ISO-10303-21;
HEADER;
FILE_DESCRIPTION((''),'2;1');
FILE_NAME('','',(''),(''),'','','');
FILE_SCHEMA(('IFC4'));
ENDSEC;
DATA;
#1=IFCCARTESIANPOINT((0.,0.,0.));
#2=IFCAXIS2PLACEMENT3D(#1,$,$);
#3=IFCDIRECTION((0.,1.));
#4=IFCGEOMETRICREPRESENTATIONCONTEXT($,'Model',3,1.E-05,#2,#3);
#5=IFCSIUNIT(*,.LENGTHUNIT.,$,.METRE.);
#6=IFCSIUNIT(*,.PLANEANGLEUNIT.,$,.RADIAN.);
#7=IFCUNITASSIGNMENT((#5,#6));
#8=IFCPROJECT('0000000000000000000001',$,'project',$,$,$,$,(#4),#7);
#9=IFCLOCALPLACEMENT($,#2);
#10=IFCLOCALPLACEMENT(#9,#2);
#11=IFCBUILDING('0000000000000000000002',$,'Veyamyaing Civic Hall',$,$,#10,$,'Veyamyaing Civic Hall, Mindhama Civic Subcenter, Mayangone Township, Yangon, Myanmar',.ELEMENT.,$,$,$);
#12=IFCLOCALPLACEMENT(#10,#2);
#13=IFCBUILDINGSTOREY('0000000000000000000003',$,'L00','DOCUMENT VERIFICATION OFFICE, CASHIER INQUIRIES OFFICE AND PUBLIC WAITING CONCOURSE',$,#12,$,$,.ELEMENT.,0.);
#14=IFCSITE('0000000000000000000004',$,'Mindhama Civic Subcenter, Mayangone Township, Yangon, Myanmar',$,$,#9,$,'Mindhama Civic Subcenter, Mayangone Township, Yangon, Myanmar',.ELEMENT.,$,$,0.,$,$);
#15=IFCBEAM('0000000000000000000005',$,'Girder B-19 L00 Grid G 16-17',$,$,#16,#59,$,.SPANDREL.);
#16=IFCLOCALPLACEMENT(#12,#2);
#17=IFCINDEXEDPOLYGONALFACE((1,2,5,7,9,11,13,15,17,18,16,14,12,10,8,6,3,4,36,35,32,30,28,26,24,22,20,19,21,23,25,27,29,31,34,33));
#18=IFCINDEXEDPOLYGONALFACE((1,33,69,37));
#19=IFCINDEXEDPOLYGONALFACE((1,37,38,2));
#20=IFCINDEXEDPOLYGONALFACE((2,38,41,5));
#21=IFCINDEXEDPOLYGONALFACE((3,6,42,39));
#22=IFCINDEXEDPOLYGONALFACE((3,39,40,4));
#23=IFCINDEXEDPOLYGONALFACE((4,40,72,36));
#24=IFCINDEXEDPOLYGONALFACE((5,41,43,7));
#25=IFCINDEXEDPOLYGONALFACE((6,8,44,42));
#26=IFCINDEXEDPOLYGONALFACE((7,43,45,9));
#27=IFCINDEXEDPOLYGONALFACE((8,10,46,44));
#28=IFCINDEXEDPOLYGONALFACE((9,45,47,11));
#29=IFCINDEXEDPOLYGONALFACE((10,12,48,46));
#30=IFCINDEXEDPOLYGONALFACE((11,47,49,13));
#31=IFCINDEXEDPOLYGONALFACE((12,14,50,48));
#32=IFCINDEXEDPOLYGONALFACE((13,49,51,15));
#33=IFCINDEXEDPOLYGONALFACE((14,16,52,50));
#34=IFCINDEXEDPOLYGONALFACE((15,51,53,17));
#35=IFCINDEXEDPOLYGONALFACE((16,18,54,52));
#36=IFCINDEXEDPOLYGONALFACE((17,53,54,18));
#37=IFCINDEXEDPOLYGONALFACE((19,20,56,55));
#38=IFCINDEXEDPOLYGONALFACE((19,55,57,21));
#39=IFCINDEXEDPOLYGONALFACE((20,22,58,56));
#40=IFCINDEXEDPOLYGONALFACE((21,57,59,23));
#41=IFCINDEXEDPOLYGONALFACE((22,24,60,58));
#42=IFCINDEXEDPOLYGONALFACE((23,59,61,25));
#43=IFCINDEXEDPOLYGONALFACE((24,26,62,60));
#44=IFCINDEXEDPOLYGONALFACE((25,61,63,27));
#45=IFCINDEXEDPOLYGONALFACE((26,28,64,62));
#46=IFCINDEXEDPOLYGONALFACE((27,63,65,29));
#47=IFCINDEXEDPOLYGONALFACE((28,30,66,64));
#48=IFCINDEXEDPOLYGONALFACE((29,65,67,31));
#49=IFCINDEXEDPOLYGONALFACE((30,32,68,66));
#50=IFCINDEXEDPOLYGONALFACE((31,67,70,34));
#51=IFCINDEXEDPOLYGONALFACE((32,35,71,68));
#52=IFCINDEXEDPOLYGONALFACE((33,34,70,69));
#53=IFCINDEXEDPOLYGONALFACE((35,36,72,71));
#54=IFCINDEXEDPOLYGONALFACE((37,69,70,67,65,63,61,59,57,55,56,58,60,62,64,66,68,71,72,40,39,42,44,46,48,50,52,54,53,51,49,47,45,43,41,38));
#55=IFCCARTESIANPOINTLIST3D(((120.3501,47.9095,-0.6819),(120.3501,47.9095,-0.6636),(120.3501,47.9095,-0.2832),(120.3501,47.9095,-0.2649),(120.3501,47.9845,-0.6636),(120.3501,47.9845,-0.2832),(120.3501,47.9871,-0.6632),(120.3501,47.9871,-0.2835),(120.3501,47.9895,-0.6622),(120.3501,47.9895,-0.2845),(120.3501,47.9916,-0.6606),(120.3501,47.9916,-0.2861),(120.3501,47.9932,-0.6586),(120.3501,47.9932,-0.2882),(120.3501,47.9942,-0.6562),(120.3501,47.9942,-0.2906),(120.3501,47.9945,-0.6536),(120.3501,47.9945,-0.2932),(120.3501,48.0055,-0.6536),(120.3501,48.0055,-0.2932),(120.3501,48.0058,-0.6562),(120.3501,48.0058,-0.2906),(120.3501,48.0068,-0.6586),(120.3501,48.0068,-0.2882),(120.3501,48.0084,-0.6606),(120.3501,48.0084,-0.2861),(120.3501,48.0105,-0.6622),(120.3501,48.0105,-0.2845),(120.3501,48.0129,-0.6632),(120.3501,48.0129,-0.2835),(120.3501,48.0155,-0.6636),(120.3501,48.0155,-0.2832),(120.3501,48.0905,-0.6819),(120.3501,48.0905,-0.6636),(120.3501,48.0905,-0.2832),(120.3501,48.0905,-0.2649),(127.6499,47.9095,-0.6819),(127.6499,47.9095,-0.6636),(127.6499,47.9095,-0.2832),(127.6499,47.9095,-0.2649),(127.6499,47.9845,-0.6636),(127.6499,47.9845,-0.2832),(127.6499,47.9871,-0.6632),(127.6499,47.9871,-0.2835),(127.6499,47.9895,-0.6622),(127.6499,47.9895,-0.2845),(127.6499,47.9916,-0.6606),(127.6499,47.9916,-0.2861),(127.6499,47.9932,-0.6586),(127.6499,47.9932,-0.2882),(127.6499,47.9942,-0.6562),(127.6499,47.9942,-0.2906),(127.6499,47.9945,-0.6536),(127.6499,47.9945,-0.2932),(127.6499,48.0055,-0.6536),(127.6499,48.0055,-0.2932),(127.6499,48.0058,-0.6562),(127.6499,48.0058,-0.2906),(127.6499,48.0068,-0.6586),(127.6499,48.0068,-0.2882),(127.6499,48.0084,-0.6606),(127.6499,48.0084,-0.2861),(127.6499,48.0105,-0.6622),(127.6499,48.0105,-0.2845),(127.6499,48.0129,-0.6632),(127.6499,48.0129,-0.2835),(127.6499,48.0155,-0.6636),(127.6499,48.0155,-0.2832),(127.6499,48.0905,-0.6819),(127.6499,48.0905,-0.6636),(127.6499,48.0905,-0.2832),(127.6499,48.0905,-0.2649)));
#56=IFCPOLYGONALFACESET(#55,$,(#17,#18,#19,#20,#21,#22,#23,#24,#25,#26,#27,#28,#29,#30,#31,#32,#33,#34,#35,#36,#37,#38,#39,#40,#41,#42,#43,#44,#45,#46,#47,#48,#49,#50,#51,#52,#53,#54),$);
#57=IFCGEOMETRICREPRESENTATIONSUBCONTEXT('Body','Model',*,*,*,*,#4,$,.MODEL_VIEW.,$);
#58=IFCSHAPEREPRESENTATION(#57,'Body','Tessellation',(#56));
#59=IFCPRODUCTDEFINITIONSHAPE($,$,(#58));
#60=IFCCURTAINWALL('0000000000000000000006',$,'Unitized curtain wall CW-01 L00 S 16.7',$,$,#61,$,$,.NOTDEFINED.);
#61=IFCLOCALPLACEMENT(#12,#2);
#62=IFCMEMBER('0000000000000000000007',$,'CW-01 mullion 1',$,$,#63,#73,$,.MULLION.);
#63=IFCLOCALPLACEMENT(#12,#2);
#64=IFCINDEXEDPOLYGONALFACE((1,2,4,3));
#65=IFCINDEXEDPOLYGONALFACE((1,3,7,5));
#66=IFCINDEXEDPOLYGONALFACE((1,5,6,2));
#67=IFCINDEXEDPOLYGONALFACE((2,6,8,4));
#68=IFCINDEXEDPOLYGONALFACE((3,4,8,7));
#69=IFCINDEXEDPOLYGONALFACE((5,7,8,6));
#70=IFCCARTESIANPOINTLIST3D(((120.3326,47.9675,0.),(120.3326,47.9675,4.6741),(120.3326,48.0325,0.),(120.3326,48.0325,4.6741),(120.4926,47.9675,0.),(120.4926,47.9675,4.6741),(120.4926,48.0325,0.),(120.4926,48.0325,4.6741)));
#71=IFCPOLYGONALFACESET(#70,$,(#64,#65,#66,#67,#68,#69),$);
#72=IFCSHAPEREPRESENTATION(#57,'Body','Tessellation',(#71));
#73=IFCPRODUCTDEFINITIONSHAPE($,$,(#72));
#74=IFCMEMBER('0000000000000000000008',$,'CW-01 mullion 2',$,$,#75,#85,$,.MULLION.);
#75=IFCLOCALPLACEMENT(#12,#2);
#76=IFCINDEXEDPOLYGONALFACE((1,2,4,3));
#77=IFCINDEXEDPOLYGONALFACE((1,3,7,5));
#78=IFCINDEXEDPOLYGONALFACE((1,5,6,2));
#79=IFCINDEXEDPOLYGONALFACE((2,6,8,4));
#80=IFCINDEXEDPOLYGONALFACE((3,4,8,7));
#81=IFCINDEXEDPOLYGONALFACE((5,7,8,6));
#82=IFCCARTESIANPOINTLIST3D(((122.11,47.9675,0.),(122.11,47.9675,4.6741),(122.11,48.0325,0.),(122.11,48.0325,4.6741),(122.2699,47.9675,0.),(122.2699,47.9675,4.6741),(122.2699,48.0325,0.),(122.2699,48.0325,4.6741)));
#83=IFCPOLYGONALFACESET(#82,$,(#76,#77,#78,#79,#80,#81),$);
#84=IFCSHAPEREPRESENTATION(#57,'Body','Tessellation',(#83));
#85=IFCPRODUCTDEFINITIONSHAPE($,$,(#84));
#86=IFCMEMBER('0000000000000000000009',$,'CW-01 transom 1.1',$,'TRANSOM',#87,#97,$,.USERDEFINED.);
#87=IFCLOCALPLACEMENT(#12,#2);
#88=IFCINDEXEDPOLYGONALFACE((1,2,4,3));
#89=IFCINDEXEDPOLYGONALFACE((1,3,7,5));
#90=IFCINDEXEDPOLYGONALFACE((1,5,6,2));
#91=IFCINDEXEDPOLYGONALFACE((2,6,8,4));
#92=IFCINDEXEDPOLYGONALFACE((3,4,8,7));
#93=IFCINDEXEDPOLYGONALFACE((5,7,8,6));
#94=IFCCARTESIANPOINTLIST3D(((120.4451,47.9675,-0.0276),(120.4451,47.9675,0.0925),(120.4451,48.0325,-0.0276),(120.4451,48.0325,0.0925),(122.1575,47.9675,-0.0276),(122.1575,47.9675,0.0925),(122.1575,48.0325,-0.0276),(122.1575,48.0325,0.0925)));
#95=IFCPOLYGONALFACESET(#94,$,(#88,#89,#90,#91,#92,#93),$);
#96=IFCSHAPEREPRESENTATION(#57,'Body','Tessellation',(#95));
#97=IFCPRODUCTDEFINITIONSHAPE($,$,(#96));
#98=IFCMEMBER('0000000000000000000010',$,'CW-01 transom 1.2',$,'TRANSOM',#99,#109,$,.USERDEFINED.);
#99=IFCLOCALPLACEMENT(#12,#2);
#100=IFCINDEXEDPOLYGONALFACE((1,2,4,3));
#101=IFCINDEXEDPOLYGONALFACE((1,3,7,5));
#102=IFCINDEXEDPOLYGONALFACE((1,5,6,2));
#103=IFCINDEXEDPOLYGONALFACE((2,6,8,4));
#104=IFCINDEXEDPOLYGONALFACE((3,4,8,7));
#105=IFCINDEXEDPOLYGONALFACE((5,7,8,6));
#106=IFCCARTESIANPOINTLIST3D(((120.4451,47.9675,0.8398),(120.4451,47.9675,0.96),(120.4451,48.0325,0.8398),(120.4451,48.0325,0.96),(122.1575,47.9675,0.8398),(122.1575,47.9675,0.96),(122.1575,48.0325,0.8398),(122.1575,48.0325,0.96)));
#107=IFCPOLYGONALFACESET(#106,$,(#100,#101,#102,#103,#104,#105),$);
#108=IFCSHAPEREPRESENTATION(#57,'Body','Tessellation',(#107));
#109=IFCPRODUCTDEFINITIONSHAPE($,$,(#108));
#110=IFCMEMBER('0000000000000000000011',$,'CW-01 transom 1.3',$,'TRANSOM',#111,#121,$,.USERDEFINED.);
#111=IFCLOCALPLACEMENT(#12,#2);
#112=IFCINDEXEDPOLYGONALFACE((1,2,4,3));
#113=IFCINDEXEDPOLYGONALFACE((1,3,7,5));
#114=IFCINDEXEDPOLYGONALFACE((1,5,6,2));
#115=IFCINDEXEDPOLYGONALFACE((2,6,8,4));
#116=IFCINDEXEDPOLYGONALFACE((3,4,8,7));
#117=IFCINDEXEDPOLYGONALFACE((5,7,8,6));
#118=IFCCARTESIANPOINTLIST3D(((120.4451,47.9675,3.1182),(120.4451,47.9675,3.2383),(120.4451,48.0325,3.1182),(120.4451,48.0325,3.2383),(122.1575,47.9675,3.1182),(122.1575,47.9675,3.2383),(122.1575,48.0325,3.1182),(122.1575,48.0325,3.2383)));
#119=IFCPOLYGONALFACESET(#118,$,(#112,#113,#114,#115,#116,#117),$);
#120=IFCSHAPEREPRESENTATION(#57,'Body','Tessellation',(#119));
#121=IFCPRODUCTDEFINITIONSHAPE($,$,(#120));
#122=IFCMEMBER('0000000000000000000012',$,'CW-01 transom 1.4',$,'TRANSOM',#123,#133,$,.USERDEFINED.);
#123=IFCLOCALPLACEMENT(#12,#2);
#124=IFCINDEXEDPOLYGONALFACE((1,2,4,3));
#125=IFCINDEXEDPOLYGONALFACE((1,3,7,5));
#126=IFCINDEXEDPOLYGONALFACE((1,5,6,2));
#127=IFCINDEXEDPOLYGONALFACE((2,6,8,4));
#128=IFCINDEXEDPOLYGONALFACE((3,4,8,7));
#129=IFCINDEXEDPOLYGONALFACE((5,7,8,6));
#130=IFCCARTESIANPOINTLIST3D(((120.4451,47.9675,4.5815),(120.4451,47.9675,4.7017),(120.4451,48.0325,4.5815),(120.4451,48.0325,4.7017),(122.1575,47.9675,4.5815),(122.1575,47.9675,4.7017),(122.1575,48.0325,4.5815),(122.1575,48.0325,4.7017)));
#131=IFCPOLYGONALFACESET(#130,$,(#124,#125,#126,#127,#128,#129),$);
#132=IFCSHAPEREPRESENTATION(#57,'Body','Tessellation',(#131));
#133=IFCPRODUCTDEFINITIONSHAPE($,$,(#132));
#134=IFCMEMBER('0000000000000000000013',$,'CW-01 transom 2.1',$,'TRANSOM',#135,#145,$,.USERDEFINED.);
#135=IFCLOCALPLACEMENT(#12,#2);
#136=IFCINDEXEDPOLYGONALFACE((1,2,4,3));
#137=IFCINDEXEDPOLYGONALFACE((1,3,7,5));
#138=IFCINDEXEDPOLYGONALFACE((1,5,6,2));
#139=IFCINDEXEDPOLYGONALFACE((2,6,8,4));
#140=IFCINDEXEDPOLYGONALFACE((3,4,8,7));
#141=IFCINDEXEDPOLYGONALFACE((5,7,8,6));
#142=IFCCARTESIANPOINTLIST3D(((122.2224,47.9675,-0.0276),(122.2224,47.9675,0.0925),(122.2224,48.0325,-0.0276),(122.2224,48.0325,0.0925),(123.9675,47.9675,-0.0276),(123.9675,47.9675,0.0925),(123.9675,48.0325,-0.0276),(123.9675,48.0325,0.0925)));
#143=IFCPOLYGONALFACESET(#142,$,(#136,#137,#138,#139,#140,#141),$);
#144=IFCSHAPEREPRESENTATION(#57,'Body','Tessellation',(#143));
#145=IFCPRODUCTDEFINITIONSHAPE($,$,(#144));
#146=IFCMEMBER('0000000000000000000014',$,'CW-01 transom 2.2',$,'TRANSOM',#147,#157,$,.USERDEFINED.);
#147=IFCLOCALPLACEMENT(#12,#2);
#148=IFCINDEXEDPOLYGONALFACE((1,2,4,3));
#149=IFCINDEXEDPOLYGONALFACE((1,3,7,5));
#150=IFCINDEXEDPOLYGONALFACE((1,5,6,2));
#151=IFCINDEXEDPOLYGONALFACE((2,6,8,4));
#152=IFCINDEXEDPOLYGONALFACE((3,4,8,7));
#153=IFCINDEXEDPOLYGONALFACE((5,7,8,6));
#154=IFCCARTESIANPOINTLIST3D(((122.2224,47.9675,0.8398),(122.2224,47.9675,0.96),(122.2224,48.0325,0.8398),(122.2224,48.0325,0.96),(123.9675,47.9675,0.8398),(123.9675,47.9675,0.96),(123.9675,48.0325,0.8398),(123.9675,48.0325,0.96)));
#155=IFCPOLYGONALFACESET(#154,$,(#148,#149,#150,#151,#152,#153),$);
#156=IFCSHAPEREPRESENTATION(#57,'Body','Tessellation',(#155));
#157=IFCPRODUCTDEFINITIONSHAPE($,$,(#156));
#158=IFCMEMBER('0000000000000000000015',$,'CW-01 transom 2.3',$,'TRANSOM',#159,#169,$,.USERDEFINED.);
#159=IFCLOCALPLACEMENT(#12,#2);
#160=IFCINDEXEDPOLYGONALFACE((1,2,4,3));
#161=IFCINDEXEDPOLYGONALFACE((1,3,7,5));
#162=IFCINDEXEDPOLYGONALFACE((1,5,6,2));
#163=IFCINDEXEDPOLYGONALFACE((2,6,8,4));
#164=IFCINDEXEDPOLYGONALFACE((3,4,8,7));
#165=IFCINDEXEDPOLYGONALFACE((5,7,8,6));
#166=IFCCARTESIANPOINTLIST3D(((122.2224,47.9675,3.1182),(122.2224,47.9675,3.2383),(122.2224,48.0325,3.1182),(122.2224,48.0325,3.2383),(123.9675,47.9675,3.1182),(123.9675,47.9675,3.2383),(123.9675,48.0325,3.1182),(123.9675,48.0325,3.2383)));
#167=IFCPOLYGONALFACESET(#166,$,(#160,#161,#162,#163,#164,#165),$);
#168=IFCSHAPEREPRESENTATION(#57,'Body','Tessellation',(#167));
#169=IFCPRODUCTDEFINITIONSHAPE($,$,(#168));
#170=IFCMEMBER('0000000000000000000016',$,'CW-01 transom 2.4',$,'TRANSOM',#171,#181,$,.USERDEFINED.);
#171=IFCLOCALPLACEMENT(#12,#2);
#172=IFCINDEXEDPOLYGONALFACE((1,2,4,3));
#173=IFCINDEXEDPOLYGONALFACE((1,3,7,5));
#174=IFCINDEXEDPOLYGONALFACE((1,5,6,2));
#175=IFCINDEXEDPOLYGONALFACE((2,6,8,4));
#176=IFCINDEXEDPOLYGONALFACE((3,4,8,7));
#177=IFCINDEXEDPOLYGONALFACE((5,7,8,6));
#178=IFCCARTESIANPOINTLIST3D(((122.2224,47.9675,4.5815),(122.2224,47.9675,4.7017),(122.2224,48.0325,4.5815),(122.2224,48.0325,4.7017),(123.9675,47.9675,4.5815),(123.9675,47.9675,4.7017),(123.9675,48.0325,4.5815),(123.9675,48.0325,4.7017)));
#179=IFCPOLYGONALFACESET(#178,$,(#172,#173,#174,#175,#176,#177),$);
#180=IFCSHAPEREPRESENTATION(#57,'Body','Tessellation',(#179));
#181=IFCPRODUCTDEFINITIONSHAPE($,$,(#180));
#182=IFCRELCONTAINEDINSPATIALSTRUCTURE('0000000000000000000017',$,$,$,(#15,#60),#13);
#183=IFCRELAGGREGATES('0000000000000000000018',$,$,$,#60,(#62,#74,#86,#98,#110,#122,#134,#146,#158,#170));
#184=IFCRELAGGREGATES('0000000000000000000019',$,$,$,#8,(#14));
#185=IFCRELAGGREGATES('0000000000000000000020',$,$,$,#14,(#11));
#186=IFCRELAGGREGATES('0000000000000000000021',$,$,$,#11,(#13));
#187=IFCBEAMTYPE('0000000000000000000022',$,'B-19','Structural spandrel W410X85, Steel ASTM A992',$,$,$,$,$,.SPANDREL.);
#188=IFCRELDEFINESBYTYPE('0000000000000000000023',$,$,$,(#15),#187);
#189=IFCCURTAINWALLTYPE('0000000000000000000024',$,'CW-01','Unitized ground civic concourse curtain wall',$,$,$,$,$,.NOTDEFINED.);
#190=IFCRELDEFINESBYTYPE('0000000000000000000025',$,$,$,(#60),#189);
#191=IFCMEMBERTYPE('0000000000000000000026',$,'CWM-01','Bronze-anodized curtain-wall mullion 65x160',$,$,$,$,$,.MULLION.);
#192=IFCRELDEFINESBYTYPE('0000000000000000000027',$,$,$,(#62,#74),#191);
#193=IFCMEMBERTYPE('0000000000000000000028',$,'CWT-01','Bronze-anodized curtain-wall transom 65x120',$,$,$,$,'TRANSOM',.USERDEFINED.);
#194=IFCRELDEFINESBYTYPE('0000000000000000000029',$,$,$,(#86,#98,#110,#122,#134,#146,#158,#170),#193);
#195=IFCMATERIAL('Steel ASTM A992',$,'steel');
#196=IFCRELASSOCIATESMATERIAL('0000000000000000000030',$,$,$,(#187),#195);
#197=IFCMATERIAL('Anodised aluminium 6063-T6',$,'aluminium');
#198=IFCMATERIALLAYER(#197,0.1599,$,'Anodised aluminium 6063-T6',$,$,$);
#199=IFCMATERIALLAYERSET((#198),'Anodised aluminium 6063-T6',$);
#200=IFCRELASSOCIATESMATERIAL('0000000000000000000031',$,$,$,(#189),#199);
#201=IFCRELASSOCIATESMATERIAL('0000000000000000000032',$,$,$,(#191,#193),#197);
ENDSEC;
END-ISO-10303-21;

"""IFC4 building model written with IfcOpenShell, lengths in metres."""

from ifc_helpers import new_model, si_unit, direction, frame, origin, origin_2d, place, context, subcontext, project, spatial, rectangle, i_section, extrude, material, layer, layer_set, material_profile, profile_set, type_object, element, aggregate, save


model = new_model("IFC4")

# Units and contexts
model_context = context("Model", 3, precision=1e-05, world=origin(), true_north=direction((0.0, 1.0)))
body_context = subcontext(model_context, "Body", "Model", "MODEL_VIEW")
ifc_project = project(units=[si_unit("LENGTHUNIT", "METRE"), si_unit("PLANEANGLEUNIT", "RADIAN")], contexts=[model_context])

# Site, building, storey
site_placement = place(None, origin())
site = spatial("IfcSite", under=ifc_project, at=site_placement, Name="Mindhama Civic Subcenter, Mayangone Township, Yangon, Myanmar", LongName="Mindhama Civic Subcenter, Mayangone Township, Yangon, Myanmar", CompositionType="ELEMENT", RefElevation=0.0)
building_placement = place(site_placement, origin())
building = spatial("IfcBuilding", under=site, at=building_placement, Name="Veyamyaing Civic Hall", LongName="Veyamyaing Civic Hall, Mindhama Civic Subcenter, Mayangone Township, Yangon, Myanmar", CompositionType="ELEMENT")
storey_placement = place(building_placement, origin())
storey = spatial("IfcBuildingStorey", under=building, at=storey_placement, Name="L00", Description="DOCUMENT VERIFICATION OFFICE, CASHIER INQUIRIES OFFICE AND PUBLIC WAITING CONCOURSE", CompositionType="ELEMENT", Elevation=0.0)

# Beam
ifc_material_1 = material(Name="Steel ASTM A992", Category="steel")
ifc_material_profile_1 = material_profile(ifc_material_1, i_section(OverallWidth=0.1809, OverallDepth=0.417, WebThickness=0.011, FlangeThickness=0.0183, FilletRadius=0.01, at=origin_2d()), Name="W410X85")
ifc_profile_set_1 = profile_set([ifc_material_profile_1], Name="Steel ASTM A992")
beam_type = type_object("IfcBeamType", Name="B-19", Description="Structural spandrel W410X85, Steel ASTM A992", PredefinedType="SPANDREL", material=ifc_profile_set_1)
beam_placement = place(storey_placement, frame((120.3501, 48.0, -0.4734), z_axis=(1.0, 0.0, 0.0), x_axis=(0.0, 1.0, 0.0)))
element("IfcBeam", 1, at=beam_placement, inside=storey, type_object=beam_type, Name="Girder B-19 L00 Grid G 16-17", PredefinedType="SPANDREL", context=body_context, shape_type="SweptSolid", body=[
    extrude(i_section(OverallWidth=0.1809, OverallDepth=0.417, WebThickness=0.011, FlangeThickness=0.0183, FilletRadius=0.01, at=origin_2d()), origin(), (0.0, 0.0, 1.0), 7.2998),
])

# Curtain wall, members
ifc_material_2 = material(Name="Anodised aluminium 6063-T6", Category="aluminium")
ifc_layer_1 = layer(ifc_material_2, 0.1599, Name="Anodised aluminium 6063-T6")
ifc_layer_set_1 = layer_set([ifc_layer_1], Name="Anodised aluminium 6063-T6")
curtain_wall_type = type_object("IfcCurtainWallType", Name="CW-01", Description="Unitized ground civic concourse curtain wall", PredefinedType="NOTDEFINED", material=ifc_layer_set_1)
curtain_wall_placement = place(storey_placement, origin())
curtain_wall = element("IfcCurtainWall", 2, at=curtain_wall_placement, inside=storey, type_object=curtain_wall_type, Name="Unitized curtain wall CW-01 L00 S 16.7", PredefinedType="NOTDEFINED")
ifc_material_profile_2 = material_profile(ifc_material_2, rectangle(XDim=0.0649, YDim=0.1599, at=origin_2d()), Name="ALU-MUL-65X160")
ifc_profile_set_2 = profile_set([ifc_material_profile_2], Name="Anodised aluminium 6063-T6")
member_type_1 = type_object("IfcMemberType", Name="CWM-01", Description="Bronze-anodized curtain-wall mullion 65x160", PredefinedType="MULLION", material=ifc_profile_set_2)
member_1_placement = place(storey_placement, frame((120.4126, 48.0, 0.0), z_axis=(0.0, 0.0, 1.0), x_axis=(0.0, 1.0, 0.0)))
member_1 = element("IfcMember", 3, at=member_1_placement, type_object=member_type_1, Name="CW-01 mullion 1", PredefinedType="MULLION", context=body_context, shape_type="SweptSolid", body=[
    extrude(rectangle(XDim=0.0649, YDim=0.1599, at=origin_2d()), origin(), (0.0, 0.0, 1.0), 4.6741),
])
member_2_placement = place(storey_placement, frame((122.1899, 48.0, 0.0), z_axis=(0.0, 0.0, 1.0), x_axis=(0.0, 1.0, 0.0)))
member_2 = element("IfcMember", 4, at=member_2_placement, type_object=member_type_1, Name="CW-01 mullion 2", PredefinedType="MULLION", context=body_context, shape_type="SweptSolid", body=[
    extrude(rectangle(XDim=0.0649, YDim=0.1599, at=origin_2d()), origin(), (0.0, 0.0, 1.0), 4.6741),
])
ifc_material_profile_3 = material_profile(ifc_material_2, rectangle(XDim=0.0649, YDim=0.1201, at=origin_2d()), Name="ALU-TRN-65X120")
ifc_profile_set_3 = profile_set([ifc_material_profile_3], Name="Anodised aluminium 6063-T6")
member_type_2 = type_object("IfcMemberType", Name="CWT-01", Description="Bronze-anodized curtain-wall transom 65x120", ElementType="TRANSOM", PredefinedType="USERDEFINED", material=ifc_profile_set_3)
member_3_placement = place(storey_placement, frame((120.4451, 48.0, 0.0325), z_axis=(1.0, 0.0, 0.0), x_axis=(0.0, 1.0, 0.0)))
member_3 = element("IfcMember", 5, at=member_3_placement, type_object=member_type_2, Name="CW-01 transom 1.1", ObjectType="TRANSOM", PredefinedType="USERDEFINED", context=body_context, shape_type="SweptSolid", body=[
    extrude(rectangle(XDim=0.0649, YDim=0.1201, at=origin_2d()), origin(), (0.0, 0.0, 1.0), 1.7124),
])
member_4_placement = place(storey_placement, frame((120.4451, 48.0, 0.8999), z_axis=(1.0, 0.0, 0.0), x_axis=(0.0, 1.0, 0.0)))
member_4 = element("IfcMember", 6, at=member_4_placement, type_object=member_type_2, Name="CW-01 transom 1.2", ObjectType="TRANSOM", PredefinedType="USERDEFINED", context=body_context, shape_type="SweptSolid", body=[
    extrude(rectangle(XDim=0.0649, YDim=0.1201, at=origin_2d()), origin(), (0.0, 0.0, 1.0), 1.7124),
])
member_5_placement = place(storey_placement, frame((120.4451, 48.0, 3.1782), z_axis=(1.0, 0.0, 0.0), x_axis=(0.0, 1.0, 0.0)))
member_5 = element("IfcMember", 7, at=member_5_placement, type_object=member_type_2, Name="CW-01 transom 1.3", ObjectType="TRANSOM", PredefinedType="USERDEFINED", context=body_context, shape_type="SweptSolid", body=[
    extrude(rectangle(XDim=0.0649, YDim=0.1201, at=origin_2d()), origin(), (0.0, 0.0, 1.0), 1.7124),
])
member_6_placement = place(storey_placement, frame((120.4451, 48.0, 4.6416), z_axis=(1.0, 0.0, 0.0), x_axis=(0.0, 1.0, 0.0)))
member_6 = element("IfcMember", 8, at=member_6_placement, type_object=member_type_2, Name="CW-01 transom 1.4", ObjectType="TRANSOM", PredefinedType="USERDEFINED", context=body_context, shape_type="SweptSolid", body=[
    extrude(rectangle(XDim=0.0649, YDim=0.1201, at=origin_2d()), origin(), (0.0, 0.0, 1.0), 1.7124),
])
member_7_placement = place(storey_placement, frame((122.2224, 48.0, 0.0325), z_axis=(1.0, 0.0, 0.0), x_axis=(0.0, 1.0, 0.0)))
member_7 = element("IfcMember", 9, at=member_7_placement, type_object=member_type_2, Name="CW-01 transom 2.1", ObjectType="TRANSOM", PredefinedType="USERDEFINED", context=body_context, shape_type="SweptSolid", body=[
    extrude(rectangle(XDim=0.0649, YDim=0.1201, at=origin_2d()), origin(), (0.0, 0.0, 1.0), 1.7451),
])
member_8_placement = place(storey_placement, frame((122.2224, 48.0, 0.8999), z_axis=(1.0, 0.0, 0.0), x_axis=(0.0, 1.0, 0.0)))
member_8 = element("IfcMember", 10, at=member_8_placement, type_object=member_type_2, Name="CW-01 transom 2.2", ObjectType="TRANSOM", PredefinedType="USERDEFINED", context=body_context, shape_type="SweptSolid", body=[
    extrude(rectangle(XDim=0.0649, YDim=0.1201, at=origin_2d()), origin(), (0.0, 0.0, 1.0), 1.7451),
])
member_9_placement = place(storey_placement, frame((122.2224, 48.0, 3.1782), z_axis=(1.0, 0.0, 0.0), x_axis=(0.0, 1.0, 0.0)))
member_9 = element("IfcMember", 11, at=member_9_placement, type_object=member_type_2, Name="CW-01 transom 2.3", ObjectType="TRANSOM", PredefinedType="USERDEFINED", context=body_context, shape_type="SweptSolid", body=[
    extrude(rectangle(XDim=0.0649, YDim=0.1201, at=origin_2d()), origin(), (0.0, 0.0, 1.0), 1.7451),
])
member_10_placement = place(storey_placement, frame((122.2224, 48.0, 4.6416), z_axis=(1.0, 0.0, 0.0), x_axis=(0.0, 1.0, 0.0)))
member_10 = element("IfcMember", 12, at=member_10_placement, type_object=member_type_2, Name="CW-01 transom 2.4", ObjectType="TRANSOM", PredefinedType="USERDEFINED", context=body_context, shape_type="SweptSolid", body=[
    extrude(rectangle(XDim=0.0649, YDim=0.1201, at=origin_2d()), origin(), (0.0, 0.0, 1.0), 1.7451),
])
aggregate(curtain_wall, [member_1, member_2, member_3, member_4, member_5, member_6, member_7, member_8, member_9, member_10])

save(model, "model.ifc")
